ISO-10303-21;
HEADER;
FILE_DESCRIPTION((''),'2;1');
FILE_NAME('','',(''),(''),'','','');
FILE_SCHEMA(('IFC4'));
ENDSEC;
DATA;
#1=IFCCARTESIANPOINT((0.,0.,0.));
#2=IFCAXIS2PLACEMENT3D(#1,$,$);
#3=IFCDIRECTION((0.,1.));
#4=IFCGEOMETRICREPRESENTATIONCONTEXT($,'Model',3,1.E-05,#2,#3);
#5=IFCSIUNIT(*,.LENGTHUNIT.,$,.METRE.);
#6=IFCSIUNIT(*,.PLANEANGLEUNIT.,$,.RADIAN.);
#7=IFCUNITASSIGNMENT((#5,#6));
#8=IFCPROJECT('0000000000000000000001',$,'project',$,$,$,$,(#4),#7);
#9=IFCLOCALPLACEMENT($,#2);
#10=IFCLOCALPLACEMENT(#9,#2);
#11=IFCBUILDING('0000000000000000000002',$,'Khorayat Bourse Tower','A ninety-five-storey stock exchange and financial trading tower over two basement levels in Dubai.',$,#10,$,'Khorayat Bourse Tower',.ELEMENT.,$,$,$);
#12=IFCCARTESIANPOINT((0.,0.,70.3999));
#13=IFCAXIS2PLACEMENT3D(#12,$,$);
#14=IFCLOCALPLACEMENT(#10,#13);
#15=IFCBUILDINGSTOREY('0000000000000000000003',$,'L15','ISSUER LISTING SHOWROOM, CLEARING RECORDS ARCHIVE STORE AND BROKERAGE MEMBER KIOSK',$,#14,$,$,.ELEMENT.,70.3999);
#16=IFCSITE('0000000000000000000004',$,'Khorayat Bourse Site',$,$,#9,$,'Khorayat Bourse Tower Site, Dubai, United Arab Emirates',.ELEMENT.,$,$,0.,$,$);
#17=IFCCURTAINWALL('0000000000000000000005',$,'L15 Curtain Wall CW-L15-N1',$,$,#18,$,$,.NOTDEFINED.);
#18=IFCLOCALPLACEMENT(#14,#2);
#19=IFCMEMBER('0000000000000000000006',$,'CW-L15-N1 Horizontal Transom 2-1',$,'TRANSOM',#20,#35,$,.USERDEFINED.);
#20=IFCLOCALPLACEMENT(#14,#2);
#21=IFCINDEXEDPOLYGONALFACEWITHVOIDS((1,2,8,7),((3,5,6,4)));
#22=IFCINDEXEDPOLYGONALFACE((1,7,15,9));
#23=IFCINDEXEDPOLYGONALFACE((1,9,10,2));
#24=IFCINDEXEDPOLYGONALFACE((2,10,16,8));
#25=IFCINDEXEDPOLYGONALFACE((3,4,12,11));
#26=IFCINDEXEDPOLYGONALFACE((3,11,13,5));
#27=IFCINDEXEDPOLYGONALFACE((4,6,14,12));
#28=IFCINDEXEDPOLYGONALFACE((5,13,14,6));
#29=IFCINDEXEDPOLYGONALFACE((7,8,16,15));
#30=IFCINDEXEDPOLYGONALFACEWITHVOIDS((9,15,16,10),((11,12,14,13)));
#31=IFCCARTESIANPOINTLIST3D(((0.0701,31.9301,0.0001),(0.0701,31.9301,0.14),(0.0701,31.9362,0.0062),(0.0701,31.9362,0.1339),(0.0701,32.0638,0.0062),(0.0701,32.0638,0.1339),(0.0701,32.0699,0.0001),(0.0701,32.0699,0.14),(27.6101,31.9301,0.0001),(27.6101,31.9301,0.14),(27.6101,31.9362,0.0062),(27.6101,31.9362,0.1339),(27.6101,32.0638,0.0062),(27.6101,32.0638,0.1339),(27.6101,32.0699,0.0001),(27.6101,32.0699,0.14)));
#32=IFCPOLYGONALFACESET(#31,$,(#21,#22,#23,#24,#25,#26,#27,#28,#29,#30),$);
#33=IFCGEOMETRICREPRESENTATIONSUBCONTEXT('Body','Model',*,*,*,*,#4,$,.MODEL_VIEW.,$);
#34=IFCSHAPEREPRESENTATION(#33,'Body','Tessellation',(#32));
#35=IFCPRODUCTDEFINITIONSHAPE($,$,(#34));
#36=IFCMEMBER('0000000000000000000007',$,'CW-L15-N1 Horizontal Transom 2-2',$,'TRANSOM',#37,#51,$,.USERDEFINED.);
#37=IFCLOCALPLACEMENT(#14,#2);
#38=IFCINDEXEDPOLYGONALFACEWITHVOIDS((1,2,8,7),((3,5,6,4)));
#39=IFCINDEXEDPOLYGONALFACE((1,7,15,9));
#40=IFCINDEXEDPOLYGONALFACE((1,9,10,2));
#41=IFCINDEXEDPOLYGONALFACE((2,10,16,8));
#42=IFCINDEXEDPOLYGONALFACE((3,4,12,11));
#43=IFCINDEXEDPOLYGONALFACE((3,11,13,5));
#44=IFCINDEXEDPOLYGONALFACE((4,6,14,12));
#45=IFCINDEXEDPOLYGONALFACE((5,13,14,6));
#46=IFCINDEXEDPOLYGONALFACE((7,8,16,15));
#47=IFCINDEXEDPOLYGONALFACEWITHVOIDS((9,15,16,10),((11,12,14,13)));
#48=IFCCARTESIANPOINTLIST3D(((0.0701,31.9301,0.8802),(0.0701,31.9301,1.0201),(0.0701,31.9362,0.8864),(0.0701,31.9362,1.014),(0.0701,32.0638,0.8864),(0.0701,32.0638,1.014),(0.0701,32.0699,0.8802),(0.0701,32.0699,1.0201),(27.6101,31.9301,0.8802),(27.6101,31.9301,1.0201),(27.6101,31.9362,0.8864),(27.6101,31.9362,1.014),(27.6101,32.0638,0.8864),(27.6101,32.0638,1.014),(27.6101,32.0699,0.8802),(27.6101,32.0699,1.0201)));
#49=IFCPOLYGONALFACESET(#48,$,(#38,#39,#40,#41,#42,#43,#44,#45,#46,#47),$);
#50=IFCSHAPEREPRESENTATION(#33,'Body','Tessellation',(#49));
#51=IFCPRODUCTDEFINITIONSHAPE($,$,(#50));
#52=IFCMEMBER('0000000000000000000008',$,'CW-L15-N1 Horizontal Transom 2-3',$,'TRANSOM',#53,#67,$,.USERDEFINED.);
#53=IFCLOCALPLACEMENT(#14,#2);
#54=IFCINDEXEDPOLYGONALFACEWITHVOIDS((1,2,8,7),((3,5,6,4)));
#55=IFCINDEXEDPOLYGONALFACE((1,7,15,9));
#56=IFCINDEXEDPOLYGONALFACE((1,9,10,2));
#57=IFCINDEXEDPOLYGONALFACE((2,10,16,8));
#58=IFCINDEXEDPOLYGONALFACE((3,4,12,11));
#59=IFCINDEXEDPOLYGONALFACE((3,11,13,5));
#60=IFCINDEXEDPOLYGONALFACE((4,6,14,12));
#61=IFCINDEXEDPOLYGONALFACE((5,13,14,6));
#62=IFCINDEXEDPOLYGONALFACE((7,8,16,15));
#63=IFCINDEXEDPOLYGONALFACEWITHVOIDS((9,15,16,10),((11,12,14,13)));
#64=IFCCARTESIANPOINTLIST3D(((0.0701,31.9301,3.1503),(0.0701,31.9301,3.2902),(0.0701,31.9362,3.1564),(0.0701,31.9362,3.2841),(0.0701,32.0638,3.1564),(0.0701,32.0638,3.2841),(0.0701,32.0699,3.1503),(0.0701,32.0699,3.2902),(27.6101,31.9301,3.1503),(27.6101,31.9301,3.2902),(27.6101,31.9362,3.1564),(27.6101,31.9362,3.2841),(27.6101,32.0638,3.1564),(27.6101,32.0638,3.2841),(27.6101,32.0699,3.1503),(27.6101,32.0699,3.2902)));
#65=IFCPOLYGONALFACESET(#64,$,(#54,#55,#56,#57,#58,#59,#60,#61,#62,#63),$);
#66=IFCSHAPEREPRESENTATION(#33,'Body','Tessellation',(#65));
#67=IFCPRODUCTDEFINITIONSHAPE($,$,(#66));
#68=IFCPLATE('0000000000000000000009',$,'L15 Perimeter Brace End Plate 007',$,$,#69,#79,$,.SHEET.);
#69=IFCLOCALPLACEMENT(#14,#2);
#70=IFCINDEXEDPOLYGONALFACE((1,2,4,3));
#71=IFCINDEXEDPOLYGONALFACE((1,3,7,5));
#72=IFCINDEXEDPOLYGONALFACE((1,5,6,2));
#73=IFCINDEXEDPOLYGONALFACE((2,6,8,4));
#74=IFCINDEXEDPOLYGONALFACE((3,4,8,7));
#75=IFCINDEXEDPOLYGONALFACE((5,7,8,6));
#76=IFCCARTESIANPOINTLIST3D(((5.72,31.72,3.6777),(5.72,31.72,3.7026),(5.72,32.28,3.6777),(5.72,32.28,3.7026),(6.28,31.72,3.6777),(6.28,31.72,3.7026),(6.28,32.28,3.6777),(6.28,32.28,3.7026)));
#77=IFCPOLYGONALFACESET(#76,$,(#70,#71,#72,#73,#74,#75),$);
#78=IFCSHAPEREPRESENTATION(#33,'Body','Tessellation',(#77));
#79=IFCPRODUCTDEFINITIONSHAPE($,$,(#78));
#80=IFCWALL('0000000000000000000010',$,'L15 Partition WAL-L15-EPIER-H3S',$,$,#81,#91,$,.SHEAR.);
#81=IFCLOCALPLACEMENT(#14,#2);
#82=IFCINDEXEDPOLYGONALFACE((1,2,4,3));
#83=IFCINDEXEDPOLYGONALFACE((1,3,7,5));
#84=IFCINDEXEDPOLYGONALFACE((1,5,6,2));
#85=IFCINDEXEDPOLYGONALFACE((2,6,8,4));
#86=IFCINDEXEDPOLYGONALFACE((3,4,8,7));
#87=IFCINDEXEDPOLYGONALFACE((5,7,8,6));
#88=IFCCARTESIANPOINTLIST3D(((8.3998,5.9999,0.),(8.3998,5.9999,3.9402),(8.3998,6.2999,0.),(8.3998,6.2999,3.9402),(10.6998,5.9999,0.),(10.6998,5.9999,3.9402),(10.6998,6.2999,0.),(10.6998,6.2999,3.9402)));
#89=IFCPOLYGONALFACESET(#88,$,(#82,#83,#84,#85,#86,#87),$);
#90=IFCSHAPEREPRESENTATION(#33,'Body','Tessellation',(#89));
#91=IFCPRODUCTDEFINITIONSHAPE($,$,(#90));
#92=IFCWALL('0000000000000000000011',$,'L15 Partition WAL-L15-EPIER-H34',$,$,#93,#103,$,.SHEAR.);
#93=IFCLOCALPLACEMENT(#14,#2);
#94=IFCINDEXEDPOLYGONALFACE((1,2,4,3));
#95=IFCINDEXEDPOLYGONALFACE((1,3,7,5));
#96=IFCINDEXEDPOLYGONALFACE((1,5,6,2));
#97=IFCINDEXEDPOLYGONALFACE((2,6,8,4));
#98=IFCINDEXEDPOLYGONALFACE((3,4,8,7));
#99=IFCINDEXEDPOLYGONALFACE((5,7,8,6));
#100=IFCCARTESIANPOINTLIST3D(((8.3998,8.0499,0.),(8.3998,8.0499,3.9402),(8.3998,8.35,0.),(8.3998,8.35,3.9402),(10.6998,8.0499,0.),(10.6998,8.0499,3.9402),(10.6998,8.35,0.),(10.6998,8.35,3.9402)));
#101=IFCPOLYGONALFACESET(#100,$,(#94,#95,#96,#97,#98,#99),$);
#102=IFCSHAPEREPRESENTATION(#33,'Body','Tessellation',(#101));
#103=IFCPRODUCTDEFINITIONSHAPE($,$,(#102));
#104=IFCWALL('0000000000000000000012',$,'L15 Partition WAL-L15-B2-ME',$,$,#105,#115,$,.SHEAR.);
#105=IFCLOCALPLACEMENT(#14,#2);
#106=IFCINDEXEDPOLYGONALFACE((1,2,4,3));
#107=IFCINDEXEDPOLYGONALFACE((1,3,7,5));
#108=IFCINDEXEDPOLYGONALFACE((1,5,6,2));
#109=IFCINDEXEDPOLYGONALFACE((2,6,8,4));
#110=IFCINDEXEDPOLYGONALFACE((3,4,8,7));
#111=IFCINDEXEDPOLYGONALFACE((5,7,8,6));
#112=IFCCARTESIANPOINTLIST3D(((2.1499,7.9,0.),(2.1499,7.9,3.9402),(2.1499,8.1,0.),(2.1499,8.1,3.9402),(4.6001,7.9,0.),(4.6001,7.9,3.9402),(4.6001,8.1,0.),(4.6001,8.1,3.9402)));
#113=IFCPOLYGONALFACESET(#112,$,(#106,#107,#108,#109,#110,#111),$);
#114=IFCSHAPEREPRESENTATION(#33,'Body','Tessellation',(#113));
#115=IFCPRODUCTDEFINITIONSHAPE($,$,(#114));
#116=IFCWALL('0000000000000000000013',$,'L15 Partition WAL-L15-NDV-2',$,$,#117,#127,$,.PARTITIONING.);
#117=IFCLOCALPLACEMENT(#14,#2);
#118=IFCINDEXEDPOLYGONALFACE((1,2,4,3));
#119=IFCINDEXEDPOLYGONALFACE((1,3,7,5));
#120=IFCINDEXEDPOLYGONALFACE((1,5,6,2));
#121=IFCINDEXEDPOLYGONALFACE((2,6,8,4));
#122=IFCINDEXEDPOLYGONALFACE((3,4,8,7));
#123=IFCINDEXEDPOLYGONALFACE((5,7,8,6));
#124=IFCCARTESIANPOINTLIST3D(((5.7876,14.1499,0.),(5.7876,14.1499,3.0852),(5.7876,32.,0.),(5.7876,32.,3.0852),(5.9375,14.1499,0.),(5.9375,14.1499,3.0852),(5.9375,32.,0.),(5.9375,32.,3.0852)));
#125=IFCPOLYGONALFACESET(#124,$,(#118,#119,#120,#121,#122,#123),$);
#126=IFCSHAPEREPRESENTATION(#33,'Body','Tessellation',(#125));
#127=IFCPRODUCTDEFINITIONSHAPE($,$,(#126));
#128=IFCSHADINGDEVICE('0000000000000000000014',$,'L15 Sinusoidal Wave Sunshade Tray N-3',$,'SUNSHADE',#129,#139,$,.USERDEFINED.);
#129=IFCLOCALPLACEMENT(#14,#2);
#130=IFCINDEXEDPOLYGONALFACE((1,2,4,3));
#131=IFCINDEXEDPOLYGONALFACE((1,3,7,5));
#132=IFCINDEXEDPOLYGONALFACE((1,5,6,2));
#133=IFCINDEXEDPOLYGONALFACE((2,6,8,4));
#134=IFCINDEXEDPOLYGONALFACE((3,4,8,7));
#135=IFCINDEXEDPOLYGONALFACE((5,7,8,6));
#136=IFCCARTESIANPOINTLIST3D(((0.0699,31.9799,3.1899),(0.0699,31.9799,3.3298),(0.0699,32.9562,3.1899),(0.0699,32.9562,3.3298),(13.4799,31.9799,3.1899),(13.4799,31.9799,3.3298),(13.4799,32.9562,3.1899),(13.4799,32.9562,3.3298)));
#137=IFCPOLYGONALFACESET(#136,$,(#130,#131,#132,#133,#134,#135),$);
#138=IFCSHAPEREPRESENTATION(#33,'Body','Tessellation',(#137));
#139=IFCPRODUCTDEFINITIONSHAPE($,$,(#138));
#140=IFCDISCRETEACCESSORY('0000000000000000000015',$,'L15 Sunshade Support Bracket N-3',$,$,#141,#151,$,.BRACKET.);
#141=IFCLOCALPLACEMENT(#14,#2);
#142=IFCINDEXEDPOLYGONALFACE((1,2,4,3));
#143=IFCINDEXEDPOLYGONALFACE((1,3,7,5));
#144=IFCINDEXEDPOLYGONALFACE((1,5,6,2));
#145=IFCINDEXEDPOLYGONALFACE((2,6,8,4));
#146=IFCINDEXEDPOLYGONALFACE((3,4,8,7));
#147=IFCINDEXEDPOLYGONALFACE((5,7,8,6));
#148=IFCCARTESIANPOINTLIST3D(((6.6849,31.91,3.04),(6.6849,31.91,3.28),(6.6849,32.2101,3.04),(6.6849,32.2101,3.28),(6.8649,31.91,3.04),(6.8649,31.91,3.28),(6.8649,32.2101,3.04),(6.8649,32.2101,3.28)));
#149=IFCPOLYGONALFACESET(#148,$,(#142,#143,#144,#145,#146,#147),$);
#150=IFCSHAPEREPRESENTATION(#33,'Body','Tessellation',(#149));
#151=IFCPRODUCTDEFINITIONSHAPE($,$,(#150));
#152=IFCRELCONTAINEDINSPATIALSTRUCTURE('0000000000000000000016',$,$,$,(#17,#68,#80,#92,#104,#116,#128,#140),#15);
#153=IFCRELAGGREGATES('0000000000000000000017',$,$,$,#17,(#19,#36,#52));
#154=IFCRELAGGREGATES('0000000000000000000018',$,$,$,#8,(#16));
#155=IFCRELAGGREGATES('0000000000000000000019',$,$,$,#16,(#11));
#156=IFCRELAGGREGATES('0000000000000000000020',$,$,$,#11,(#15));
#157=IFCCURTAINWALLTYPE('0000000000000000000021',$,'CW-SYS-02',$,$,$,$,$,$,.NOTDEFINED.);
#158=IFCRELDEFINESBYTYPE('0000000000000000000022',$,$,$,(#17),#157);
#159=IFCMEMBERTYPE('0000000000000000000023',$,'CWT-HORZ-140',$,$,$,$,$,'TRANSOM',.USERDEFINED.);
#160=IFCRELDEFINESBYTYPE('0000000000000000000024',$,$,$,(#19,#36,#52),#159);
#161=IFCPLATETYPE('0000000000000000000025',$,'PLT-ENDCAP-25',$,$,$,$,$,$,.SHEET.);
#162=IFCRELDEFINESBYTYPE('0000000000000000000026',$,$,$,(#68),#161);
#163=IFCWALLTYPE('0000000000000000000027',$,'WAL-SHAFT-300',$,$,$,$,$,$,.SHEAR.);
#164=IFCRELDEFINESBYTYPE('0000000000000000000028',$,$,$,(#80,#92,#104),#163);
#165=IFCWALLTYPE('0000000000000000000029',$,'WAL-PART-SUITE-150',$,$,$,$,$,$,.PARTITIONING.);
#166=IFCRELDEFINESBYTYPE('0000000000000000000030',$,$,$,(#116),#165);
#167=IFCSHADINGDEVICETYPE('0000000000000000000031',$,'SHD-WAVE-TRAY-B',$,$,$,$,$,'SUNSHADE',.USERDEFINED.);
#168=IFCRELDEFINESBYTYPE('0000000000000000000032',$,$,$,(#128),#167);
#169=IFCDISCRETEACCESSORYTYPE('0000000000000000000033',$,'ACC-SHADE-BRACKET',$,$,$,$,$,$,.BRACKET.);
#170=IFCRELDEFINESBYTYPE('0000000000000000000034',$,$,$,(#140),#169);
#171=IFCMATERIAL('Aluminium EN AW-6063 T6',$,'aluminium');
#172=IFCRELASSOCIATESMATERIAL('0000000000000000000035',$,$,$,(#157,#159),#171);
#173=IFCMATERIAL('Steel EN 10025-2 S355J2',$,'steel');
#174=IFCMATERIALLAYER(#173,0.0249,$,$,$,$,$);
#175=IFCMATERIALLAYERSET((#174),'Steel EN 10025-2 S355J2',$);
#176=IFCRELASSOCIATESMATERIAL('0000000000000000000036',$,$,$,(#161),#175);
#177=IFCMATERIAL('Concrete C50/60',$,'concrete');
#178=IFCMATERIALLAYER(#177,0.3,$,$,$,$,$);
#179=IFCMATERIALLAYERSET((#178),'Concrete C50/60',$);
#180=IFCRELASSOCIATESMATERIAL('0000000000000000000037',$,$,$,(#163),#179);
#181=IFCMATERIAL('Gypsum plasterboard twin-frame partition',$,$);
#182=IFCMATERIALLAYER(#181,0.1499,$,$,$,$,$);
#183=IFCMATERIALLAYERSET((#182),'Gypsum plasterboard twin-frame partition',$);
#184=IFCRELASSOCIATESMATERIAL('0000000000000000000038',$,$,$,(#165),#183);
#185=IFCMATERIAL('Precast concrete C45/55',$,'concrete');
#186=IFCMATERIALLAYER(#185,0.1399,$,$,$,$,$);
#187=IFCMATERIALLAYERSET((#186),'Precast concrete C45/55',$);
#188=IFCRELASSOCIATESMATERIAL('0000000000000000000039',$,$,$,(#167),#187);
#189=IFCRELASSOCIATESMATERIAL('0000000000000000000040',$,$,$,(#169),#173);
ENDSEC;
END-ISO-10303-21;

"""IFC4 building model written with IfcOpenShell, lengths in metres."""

from ifc_helpers import new_model, si_unit, direction, frame, frame_2d, origin, origin_2d, place, context, subcontext, project, spatial, rectangle, hollow_rectangle, extrude, source, transform, mapped, material, layer, layer_set, material_profile, profile_set, type_object, element, aggregate, save


model = new_model("IFC4")

# Units and contexts
model_context = context("Model", 3, precision=1e-05, world=origin(), true_north=direction((0.0, 1.0)))
body_context = subcontext(model_context, "Body", "Model", "MODEL_VIEW")
ifc_project = project(units=[si_unit("LENGTHUNIT", "METRE"), si_unit("PLANEANGLEUNIT", "RADIAN")], contexts=[model_context])

# Site, building, storey
site_placement = place(None, origin())
site = spatial("IfcSite", under=ifc_project, at=site_placement, Name="Khorayat Bourse Site", LongName="Khorayat Bourse Tower Site, Dubai, United Arab Emirates", CompositionType="ELEMENT", RefElevation=0.0)
building_placement = place(site_placement, origin())
building = spatial("IfcBuilding", under=site, at=building_placement, Name="Khorayat Bourse Tower", Description="A ninety-five-storey stock exchange and financial trading tower over two basement levels in Dubai.", LongName="Khorayat Bourse Tower", CompositionType="ELEMENT")
storey_placement = place(building_placement, frame((0.0, 0.0, 70.3999)))
storey = spatial("IfcBuildingStorey", under=building, at=storey_placement, Name="L15", Description="ISSUER LISTING SHOWROOM, CLEARING RECORDS ARCHIVE STORE AND BROKERAGE MEMBER KIOSK", CompositionType="ELEMENT", Elevation=70.3999)

# Curtain wall, members
ifc_material_1 = material(Name="Aluminium EN AW-6063 T6", Category="aluminium")
curtain_wall_type = type_object("IfcCurtainWallType", Name="CW-SYS-02", PredefinedType="NOTDEFINED", material=ifc_material_1)
curtain_wall_placement = place(storey_placement, origin())
curtain_wall = element("IfcCurtainWall", 1, at=curtain_wall_placement, inside=storey, type_object=curtain_wall_type, Name="L15 Curtain Wall CW-L15-N1", PredefinedType="NOTDEFINED")
ifc_material_profile_1 = material_profile(ifc_material_1, hollow_rectangle(XDim=0.1399, YDim=0.1399, WallThickness=0.0061, at=origin_2d()), Name="ALU 140x140x6")
ifc_profile_set_1 = profile_set([ifc_material_profile_1], Name="Aluminium EN AW-6063 T6")
member_type_1 = type_object("IfcMemberType", Name="CWT-HORZ-140", ElementType="TRANSOM", PredefinedType="USERDEFINED", material=ifc_profile_set_1)
shared_shape_1 = source(origin(), body_context, "Body", "SweptSolid", [
    extrude(hollow_rectangle(XDim=0.1399, YDim=0.1399, WallThickness=0.0061, at=origin_2d()), origin(), (0.0, 0.0, 1.0), 27.54),
])
member_1_placement = place(storey_placement, frame((0.0701, 32.0, 0.0701), z_axis=(1.0, 0.0, 0.0), x_axis=(0.0, 1.0, 0.0)))
member_1 = element("IfcMember", 2, at=member_1_placement, type_object=member_type_1, Name="CW-L15-N1 Horizontal Transom 2-1", ObjectType="TRANSOM", PredefinedType="USERDEFINED", context=body_context, shape_type="MappedRepresentation", body=[
    mapped(shared_shape_1, transform((0.0, 0.0, 0.0), scale=1.0)),
])
member_2_placement = place(storey_placement, frame((0.0701, 32.0, 0.9502), z_axis=(1.0, 0.0, 0.0), x_axis=(0.0, 1.0, 0.0)))
member_2 = element("IfcMember", 3, at=member_2_placement, type_object=member_type_1, Name="CW-L15-N1 Horizontal Transom 2-2", ObjectType="TRANSOM", PredefinedType="USERDEFINED", context=body_context, shape_type="MappedRepresentation", body=[
    mapped(shared_shape_1, transform((0.0, 0.0, 0.0), scale=1.0)),
])
member_3_placement = place(storey_placement, frame((0.0701, 32.0, 3.2202), z_axis=(1.0, 0.0, 0.0), x_axis=(0.0, 1.0, 0.0)))
member_3 = element("IfcMember", 4, at=member_3_placement, type_object=member_type_1, Name="CW-L15-N1 Horizontal Transom 2-3", ObjectType="TRANSOM", PredefinedType="USERDEFINED", context=body_context, shape_type="MappedRepresentation", body=[
    mapped(shared_shape_1, transform((0.0, 0.0, 0.0), scale=1.0)),
])
aggregate(curtain_wall, [member_1, member_2, member_3])

# Plate
ifc_material_2 = material(Name="Steel EN 10025-2 S355J2", Category="steel")
ifc_layer_1 = layer(ifc_material_2, 0.0249)
ifc_layer_set_1 = layer_set([ifc_layer_1], Name="Steel EN 10025-2 S355J2")
plate_type = type_object("IfcPlateType", Name="PLT-ENDCAP-25", PredefinedType="SHEET", material=ifc_layer_set_1)
shared_shape_2 = source(origin(), body_context, "Body", "SweptSolid", [
    extrude(rectangle(XDim=0.5601, YDim=0.5601, at=origin_2d()), origin(), (0.0, 0.0, 1.0), 0.0249),
])
plate_placement = place(storey_placement, frame((6.0, 32.0, 3.6777), z_axis=(0.0, 0.0, 1.0), x_axis=(1.0, 0.0, 0.0)))
element("IfcPlate", 5, at=plate_placement, inside=storey, type_object=plate_type, Name="L15 Perimeter Brace End Plate 007", PredefinedType="SHEET", context=body_context, shape_type="MappedRepresentation", body=[
    mapped(shared_shape_2, transform((0.0, 0.0, 0.0), scale=1.0)),
])

# Walls
ifc_material_3 = material(Name="Concrete C50/60", Category="concrete")
ifc_layer_2 = layer(ifc_material_3, 0.3)
ifc_layer_set_2 = layer_set([ifc_layer_2], Name="Concrete C50/60")
wall_type_1 = type_object("IfcWallType", Name="WAL-SHAFT-300", PredefinedType="SHEAR", material=ifc_layer_set_2)
shared_shape_3 = source(origin(), body_context, "Body", "SweptSolid", [
    extrude(rectangle(XDim=2.3, YDim=0.3, at=frame_2d((1.1499, 0.0))), origin(), (0.0, 0.0, 1.0), 3.9402),
])
for number, where, z_axis, x_axis, name in (
    (6, (8.3999, 6.1499, 0.0), (0.0, 0.0, 1.0), (1.0, 0.0, 0.0), "L15 Partition WAL-L15-EPIER-H3S"),
    (7, (8.3999, 8.2, 0.0), (0.0, 0.0, 1.0), (1.0, 0.0, 0.0), "L15 Partition WAL-L15-EPIER-H34"),
):
    element("IfcWall", number, at=place(storey_placement, frame(where, z_axis=z_axis, x_axis=x_axis)), inside=storey, type_object=wall_type_1, Name=name, PredefinedType="SHEAR", context=body_context, shape_type="MappedRepresentation", body=[
        mapped(shared_shape_3, transform((0.0, 0.0, 0.0), scale=1.0)),
    ])
shared_shape_4 = source(origin(), body_context, "Body", "SweptSolid", [
    extrude(rectangle(XDim=2.4502, YDim=0.2, at=frame_2d((1.2251, 0.0))), origin(), (0.0, 0.0, 1.0), 3.9402),
])
wall_1_placement = place(storey_placement, frame((2.1499, 8.0, 0.0), z_axis=(0.0, 0.0, 1.0), x_axis=(1.0, 0.0, 0.0)))
element("IfcWall", 8, at=wall_1_placement, inside=storey, type_object=wall_type_1, Name="L15 Partition WAL-L15-B2-ME", PredefinedType="SHEAR", context=body_context, shape_type="MappedRepresentation", body=[
    mapped(shared_shape_4, transform((0.0, 0.0, 0.0), scale=1.0)),
])
ifc_material_4 = material(Name="Gypsum plasterboard twin-frame partition")
ifc_layer_3 = layer(ifc_material_4, 0.1499)
ifc_layer_set_3 = layer_set([ifc_layer_3], Name="Gypsum plasterboard twin-frame partition")
wall_type_2 = type_object("IfcWallType", Name="WAL-PART-SUITE-150", PredefinedType="PARTITIONING", material=ifc_layer_set_3)
shared_shape_5 = source(origin(), body_context, "Body", "SweptSolid", [
    extrude(rectangle(XDim=17.8501, YDim=0.1499, at=frame_2d((8.925, 0.0))), origin(), (0.0, 0.0, 1.0), 3.0852),
])
wall_2_placement = place(storey_placement, frame((5.8625, 14.1499, 0.0), z_axis=(0.0, 0.0, 1.0), x_axis=(0.0, 1.0, 0.0)))
element("IfcWall", 9, at=wall_2_placement, inside=storey, type_object=wall_type_2, Name="L15 Partition WAL-L15-NDV-2", PredefinedType="PARTITIONING", context=body_context, shape_type="MappedRepresentation", body=[
    mapped(shared_shape_5, transform((0.0, 0.0, 0.0), scale=1.0)),
])

# Shading device
ifc_material_5 = material(Name="Precast concrete C45/55", Category="concrete")
ifc_layer_4 = layer(ifc_material_5, 0.1399)
ifc_layer_set_4 = layer_set([ifc_layer_4], Name="Precast concrete C45/55")
shading_device_type = type_object("IfcShadingDeviceType", Name="SHD-WAVE-TRAY-B", ElementType="SUNSHADE", PredefinedType="USERDEFINED", material=ifc_layer_set_4)
shared_shape_6 = source(origin(), body_context, "Body", "SweptSolid", [
    extrude(rectangle(XDim=13.4099, YDim=0.9763, at=origin_2d()), origin(), (0.0, 0.0, 1.0), 0.1399),
])
shading_device_placement = place(storey_placement, frame((6.7749, 32.468, 3.1899), z_axis=(0.0, 0.0, 1.0), x_axis=(1.0, 0.0, 0.0)))
element("IfcShadingDevice", 10, at=shading_device_placement, inside=storey, type_object=shading_device_type, Name="L15 Sinusoidal Wave Sunshade Tray N-3", ObjectType="SUNSHADE", PredefinedType="USERDEFINED", context=body_context, shape_type="MappedRepresentation", body=[
    mapped(shared_shape_6, transform((0.0, 0.0, 0.0), scale=1.0)),
])

# Discrete accessory
discrete_accessory_type = type_object("IfcDiscreteAccessoryType", Name="ACC-SHADE-BRACKET", PredefinedType="BRACKET", material=ifc_material_2)
shared_shape_7 = source(origin(), body_context, "Body", "SweptSolid", [
    extrude(rectangle(XDim=0.1799, YDim=0.3, at=origin_2d()), origin(), (0.0, 0.0, 1.0), 0.24),
])
discrete_accessory_placement = place(storey_placement, frame((6.7749, 32.0601, 3.04), z_axis=(0.0, 0.0, 1.0), x_axis=(1.0, 0.0, 0.0)))
element("IfcDiscreteAccessory", 11, at=discrete_accessory_placement, inside=storey, type_object=discrete_accessory_type, Name="L15 Sunshade Support Bracket N-3", PredefinedType="BRACKET", context=body_context, shape_type="MappedRepresentation", body=[
    mapped(shared_shape_7, transform((0.0, 0.0, 0.0), scale=1.0)),
])

save(model, "model.ifc")
